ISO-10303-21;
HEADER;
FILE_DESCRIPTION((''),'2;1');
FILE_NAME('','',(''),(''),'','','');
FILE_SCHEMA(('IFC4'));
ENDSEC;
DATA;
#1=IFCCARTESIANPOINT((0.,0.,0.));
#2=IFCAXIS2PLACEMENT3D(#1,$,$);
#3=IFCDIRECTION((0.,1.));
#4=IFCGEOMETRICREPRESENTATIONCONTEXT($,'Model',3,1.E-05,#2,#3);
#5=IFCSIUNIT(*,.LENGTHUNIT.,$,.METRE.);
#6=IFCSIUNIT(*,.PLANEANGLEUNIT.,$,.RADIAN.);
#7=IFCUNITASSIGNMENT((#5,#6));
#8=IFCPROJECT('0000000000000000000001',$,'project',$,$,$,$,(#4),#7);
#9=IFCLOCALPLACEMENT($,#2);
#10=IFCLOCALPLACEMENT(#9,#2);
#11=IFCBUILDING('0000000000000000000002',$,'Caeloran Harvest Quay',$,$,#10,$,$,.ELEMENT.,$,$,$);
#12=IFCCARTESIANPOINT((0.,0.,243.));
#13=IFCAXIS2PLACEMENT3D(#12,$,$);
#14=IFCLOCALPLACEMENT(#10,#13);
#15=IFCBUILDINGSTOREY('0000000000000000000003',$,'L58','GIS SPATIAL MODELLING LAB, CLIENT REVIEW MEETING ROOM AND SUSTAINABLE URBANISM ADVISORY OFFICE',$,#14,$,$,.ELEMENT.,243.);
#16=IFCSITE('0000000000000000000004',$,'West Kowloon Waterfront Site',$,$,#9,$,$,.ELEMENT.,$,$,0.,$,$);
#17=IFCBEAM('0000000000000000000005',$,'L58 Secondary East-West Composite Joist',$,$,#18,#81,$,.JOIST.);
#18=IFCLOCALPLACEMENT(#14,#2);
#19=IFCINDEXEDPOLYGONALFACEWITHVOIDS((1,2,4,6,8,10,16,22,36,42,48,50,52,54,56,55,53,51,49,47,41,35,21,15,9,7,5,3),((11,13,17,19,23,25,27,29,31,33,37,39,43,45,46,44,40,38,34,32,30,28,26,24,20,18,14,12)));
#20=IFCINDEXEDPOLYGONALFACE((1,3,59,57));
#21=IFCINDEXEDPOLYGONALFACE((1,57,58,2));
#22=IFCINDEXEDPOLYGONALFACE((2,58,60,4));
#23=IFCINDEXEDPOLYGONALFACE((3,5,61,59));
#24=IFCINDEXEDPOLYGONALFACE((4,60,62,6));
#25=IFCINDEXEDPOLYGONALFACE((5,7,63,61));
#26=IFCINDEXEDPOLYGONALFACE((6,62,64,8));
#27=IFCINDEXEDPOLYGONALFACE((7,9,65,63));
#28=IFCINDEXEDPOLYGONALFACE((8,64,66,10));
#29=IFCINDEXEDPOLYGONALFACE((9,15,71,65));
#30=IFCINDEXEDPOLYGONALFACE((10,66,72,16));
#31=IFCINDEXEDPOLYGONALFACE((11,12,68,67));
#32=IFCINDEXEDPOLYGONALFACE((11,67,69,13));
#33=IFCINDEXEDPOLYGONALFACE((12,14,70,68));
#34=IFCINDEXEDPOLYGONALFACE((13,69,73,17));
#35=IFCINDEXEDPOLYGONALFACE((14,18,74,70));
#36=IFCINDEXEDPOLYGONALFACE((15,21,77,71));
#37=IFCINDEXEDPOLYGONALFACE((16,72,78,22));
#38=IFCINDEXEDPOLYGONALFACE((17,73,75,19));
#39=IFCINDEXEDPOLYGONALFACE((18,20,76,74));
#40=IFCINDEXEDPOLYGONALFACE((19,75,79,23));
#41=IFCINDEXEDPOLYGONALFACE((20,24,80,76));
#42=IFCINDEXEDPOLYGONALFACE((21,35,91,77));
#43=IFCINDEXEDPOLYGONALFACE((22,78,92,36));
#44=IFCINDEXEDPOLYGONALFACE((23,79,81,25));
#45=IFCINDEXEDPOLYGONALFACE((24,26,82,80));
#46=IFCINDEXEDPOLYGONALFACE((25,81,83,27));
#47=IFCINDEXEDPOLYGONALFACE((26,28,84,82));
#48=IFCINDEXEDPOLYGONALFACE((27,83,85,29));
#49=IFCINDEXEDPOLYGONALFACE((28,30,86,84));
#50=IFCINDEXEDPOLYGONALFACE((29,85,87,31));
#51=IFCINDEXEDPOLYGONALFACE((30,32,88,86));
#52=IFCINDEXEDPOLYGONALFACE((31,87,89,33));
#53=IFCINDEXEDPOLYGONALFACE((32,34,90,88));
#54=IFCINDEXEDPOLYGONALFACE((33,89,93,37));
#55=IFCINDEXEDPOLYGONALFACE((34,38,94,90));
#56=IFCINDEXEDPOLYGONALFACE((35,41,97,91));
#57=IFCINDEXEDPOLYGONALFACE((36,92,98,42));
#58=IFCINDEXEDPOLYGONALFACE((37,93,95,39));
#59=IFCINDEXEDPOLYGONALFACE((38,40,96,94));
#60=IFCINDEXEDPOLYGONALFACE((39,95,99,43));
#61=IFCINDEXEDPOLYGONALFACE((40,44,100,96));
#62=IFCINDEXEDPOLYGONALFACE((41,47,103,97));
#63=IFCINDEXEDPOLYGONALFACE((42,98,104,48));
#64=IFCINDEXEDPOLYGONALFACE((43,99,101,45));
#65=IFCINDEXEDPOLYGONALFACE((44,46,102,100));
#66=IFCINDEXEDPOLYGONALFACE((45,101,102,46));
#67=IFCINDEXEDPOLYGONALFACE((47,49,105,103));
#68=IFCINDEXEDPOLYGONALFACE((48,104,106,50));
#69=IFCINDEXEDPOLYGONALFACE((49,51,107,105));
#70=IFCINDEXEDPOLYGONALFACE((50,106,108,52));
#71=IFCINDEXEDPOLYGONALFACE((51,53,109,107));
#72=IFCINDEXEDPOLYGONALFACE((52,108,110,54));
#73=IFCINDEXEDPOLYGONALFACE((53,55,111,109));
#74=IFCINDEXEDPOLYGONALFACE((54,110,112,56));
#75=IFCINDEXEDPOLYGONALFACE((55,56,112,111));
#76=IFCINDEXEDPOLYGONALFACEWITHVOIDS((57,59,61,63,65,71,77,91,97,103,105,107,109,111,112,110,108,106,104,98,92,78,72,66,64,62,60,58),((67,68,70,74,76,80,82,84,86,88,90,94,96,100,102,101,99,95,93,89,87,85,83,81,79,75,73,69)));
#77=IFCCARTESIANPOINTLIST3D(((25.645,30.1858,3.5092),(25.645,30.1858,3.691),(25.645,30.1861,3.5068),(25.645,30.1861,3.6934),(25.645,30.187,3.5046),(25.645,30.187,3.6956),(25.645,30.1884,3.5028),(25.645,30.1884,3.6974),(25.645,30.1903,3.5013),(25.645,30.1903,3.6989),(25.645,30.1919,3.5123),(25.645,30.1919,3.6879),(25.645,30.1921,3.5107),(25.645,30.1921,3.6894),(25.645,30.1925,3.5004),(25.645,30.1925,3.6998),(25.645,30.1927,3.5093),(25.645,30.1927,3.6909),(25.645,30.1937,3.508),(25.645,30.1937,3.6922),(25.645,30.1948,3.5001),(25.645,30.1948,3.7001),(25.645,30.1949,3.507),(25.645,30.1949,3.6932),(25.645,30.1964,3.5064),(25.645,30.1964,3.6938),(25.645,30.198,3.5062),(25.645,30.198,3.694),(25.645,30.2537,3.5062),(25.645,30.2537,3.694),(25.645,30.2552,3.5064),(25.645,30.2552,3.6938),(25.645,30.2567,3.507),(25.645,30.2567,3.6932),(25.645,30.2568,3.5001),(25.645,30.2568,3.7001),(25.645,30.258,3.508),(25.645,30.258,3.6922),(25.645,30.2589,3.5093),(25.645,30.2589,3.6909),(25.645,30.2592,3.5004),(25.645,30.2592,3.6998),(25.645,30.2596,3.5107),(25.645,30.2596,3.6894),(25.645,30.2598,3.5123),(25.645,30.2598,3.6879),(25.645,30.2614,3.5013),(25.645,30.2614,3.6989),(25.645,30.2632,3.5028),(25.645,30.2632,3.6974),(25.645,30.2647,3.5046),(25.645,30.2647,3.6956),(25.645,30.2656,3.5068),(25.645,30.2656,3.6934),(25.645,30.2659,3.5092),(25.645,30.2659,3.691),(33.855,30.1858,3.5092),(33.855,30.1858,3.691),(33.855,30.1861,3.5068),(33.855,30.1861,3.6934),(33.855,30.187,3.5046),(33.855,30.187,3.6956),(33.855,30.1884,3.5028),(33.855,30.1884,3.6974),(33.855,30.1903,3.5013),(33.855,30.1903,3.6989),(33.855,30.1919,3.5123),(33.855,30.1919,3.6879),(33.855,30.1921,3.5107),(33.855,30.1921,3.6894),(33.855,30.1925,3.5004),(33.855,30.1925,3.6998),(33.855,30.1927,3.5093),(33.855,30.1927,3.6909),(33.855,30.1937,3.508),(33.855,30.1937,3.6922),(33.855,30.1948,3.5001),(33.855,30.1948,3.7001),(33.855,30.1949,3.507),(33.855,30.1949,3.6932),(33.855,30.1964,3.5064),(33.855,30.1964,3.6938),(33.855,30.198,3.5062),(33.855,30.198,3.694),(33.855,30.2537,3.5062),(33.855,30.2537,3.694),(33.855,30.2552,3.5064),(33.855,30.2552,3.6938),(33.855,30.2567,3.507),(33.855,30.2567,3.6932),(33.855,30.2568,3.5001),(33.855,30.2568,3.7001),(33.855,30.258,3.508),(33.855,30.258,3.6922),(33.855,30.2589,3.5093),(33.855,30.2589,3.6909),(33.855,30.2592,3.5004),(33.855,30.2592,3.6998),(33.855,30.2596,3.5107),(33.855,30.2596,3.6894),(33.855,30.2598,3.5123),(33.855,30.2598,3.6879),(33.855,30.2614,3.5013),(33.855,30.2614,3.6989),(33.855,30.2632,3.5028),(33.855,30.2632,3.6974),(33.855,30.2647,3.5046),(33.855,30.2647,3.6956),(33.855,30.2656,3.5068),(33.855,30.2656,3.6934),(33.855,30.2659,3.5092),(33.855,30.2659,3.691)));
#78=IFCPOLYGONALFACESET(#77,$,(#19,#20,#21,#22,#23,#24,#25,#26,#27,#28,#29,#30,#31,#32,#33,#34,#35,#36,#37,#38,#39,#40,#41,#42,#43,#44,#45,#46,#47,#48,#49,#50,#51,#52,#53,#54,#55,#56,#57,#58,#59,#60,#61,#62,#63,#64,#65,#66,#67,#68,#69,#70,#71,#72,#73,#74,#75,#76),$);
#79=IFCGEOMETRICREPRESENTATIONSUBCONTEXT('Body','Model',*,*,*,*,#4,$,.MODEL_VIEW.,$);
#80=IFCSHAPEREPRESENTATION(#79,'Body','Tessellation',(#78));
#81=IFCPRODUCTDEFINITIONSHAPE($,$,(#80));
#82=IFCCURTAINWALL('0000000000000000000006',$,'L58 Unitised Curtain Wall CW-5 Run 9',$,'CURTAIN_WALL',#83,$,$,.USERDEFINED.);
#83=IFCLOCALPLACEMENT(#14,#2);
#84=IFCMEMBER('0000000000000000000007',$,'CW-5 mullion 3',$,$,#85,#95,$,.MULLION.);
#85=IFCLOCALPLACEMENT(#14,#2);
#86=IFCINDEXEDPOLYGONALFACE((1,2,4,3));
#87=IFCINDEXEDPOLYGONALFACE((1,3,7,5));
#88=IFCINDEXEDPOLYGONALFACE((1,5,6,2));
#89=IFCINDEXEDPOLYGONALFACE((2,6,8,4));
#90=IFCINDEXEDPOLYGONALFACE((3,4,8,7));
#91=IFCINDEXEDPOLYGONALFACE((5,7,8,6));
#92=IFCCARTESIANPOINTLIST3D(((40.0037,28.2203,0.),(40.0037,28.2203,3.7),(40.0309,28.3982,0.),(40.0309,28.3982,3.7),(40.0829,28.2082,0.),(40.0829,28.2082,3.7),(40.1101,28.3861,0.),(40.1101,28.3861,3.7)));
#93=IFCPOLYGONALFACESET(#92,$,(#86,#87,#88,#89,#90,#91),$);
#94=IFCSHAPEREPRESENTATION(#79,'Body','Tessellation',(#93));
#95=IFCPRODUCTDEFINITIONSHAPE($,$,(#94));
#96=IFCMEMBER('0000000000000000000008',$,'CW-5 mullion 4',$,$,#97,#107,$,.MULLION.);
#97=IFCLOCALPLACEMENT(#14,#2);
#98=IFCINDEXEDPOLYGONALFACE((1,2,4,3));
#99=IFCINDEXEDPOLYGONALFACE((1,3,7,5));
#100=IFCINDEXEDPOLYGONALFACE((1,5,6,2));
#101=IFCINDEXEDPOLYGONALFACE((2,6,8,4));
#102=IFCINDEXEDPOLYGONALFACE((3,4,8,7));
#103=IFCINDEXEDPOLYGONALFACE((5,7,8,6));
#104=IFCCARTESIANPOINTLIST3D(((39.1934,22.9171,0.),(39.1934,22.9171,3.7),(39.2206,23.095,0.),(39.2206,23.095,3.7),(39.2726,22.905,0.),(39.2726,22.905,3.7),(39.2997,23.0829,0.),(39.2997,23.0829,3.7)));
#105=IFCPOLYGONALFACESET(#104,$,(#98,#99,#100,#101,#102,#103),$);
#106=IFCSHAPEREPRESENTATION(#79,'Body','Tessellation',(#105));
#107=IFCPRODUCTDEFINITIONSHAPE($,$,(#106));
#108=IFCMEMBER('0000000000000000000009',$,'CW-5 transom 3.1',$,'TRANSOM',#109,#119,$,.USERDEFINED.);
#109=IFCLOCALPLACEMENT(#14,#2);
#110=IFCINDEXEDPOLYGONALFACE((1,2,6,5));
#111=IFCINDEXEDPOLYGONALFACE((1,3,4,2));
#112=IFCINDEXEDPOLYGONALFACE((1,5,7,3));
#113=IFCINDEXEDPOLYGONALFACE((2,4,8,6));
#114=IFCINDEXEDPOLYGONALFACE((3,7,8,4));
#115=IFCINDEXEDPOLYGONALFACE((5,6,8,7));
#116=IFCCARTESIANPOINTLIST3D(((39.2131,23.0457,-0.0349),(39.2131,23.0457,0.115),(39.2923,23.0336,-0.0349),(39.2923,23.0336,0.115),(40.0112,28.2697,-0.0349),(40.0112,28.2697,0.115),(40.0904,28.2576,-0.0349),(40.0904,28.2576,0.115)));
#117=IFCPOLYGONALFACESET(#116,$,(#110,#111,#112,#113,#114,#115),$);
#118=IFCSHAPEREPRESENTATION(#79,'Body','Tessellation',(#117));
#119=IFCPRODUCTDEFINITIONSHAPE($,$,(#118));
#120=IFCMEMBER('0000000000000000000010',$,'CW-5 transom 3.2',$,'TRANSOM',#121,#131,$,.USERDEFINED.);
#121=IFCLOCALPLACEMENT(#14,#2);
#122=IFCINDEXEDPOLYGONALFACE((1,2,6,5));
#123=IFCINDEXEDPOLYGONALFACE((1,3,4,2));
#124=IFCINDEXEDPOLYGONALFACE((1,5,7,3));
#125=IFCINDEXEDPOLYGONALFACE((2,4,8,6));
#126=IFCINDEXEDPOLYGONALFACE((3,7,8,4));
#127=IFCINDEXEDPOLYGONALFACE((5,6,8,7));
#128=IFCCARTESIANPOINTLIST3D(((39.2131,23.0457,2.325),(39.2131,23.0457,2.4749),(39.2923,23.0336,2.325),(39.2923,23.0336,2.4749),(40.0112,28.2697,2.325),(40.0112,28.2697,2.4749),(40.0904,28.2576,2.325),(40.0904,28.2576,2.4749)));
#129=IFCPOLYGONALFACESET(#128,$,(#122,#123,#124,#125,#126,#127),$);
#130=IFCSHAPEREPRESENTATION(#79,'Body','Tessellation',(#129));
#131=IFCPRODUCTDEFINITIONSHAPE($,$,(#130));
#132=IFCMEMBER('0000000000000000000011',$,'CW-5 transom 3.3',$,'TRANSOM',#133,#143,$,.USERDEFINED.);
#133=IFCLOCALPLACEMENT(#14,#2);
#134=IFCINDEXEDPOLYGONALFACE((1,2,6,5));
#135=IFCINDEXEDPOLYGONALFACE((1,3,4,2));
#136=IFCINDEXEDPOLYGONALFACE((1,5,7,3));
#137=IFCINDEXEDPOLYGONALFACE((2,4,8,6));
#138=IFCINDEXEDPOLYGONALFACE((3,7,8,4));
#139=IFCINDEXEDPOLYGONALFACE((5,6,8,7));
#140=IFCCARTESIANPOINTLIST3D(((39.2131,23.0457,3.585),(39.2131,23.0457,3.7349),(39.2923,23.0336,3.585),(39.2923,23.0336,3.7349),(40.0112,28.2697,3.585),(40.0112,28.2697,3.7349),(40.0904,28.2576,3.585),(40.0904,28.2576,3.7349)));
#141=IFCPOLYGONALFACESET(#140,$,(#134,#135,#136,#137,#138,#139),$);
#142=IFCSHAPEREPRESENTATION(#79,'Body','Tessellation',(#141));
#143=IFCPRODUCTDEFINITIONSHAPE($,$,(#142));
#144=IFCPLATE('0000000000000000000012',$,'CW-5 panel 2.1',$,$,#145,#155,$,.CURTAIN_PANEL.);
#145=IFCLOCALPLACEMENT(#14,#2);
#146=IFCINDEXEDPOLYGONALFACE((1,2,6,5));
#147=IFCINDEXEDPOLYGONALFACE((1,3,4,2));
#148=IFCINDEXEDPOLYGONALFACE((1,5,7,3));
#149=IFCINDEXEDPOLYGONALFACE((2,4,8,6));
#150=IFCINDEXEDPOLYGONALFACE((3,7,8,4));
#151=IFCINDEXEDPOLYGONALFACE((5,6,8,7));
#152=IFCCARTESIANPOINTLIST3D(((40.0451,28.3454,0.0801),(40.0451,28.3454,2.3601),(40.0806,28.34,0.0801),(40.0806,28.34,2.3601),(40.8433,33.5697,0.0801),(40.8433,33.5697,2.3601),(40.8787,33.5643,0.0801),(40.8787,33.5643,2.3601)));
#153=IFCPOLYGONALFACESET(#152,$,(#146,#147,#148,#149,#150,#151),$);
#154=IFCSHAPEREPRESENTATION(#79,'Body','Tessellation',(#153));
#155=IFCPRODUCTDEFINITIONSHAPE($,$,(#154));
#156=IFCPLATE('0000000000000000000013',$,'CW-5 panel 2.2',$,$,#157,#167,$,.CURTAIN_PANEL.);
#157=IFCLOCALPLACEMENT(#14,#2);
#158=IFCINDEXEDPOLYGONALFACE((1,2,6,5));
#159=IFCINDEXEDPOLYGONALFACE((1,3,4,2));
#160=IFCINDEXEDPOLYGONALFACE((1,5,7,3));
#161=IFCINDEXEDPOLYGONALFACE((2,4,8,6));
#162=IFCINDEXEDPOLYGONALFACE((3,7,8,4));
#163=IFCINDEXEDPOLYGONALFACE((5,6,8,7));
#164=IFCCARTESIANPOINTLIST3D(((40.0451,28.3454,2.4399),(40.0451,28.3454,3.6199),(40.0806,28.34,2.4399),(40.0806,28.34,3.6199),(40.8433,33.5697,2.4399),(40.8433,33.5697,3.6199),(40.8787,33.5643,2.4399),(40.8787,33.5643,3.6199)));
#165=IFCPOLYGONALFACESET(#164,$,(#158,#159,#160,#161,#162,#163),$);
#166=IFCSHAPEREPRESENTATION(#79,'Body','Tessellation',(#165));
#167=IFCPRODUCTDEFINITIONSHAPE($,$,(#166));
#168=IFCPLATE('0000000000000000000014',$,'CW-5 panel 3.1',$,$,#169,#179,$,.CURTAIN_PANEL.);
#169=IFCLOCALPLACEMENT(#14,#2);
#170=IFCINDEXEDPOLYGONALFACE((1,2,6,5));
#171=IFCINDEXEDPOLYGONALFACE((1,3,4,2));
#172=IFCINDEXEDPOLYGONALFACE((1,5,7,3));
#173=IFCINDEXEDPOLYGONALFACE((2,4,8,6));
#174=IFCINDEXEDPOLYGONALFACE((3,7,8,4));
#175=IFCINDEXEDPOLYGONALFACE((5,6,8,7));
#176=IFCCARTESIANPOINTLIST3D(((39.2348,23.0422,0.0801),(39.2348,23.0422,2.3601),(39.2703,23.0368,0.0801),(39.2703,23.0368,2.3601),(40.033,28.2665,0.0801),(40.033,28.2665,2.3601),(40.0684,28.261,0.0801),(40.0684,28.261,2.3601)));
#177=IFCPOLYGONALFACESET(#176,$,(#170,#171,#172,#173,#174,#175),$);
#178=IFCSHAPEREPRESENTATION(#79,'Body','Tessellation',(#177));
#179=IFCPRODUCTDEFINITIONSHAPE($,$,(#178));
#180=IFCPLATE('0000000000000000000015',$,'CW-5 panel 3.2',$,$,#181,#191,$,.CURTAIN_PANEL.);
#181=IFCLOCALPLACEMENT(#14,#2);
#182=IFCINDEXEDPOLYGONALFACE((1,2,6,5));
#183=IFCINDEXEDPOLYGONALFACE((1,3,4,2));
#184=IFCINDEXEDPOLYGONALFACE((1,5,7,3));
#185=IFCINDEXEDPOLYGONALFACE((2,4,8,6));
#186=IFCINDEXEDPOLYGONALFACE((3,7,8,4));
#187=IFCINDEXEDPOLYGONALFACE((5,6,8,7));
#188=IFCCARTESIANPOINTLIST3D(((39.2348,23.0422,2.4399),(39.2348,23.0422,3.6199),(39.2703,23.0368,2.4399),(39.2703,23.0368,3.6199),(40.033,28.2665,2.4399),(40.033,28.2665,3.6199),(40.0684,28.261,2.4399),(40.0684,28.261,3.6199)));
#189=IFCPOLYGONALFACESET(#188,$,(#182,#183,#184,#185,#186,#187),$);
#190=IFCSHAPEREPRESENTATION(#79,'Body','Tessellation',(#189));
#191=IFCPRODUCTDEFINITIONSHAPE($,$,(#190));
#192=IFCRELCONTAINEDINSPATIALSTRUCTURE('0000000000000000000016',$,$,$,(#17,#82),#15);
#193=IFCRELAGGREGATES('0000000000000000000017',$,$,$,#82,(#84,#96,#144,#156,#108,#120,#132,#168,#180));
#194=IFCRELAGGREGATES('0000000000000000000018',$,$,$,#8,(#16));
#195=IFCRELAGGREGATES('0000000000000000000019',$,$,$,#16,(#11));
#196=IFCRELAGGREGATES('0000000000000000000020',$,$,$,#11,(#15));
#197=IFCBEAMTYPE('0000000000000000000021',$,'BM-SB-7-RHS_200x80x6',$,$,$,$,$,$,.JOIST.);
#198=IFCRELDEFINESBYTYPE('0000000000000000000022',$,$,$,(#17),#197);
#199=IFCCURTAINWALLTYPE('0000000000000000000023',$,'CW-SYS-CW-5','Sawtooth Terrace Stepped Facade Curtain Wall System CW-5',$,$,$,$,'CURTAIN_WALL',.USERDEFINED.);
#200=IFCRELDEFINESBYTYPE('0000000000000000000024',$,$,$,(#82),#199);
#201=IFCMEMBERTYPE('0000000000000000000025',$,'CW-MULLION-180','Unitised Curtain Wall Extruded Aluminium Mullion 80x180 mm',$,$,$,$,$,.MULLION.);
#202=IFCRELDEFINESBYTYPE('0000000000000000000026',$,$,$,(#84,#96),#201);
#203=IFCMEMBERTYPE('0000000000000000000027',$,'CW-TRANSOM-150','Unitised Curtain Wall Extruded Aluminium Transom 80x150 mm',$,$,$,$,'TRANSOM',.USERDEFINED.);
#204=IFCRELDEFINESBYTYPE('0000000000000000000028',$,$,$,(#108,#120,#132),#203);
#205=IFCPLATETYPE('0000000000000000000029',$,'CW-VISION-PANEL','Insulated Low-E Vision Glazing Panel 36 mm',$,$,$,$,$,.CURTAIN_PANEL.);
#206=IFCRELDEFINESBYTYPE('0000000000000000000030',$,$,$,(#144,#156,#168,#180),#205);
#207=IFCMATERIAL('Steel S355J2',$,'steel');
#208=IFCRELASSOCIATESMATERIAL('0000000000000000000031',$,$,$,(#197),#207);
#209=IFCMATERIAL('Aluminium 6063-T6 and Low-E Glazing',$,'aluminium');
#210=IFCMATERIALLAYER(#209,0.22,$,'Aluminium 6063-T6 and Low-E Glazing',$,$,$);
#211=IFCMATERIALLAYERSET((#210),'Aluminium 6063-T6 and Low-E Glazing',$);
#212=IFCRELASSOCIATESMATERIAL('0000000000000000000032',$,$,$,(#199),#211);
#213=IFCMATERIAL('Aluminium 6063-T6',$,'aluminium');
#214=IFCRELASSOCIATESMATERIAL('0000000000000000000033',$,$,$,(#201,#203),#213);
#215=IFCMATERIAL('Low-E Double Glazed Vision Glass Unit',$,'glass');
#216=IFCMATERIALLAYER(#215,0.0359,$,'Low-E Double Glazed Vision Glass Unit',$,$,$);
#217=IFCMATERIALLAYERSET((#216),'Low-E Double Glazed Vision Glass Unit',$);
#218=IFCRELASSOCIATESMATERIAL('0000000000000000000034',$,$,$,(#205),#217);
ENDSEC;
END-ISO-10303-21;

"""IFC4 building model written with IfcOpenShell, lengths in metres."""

from ifc_helpers import new_model, si_unit, direction, frame, origin, origin_2d, place, context, subcontext, project, spatial, rectangle, hollow_rectangle, extrude, material, layer, layer_set, material_profile, profile_set, type_object, element, aggregate, save


model = new_model("IFC4")

# Units and contexts
model_context = context("Model", 3, precision=1e-05, world=origin(), true_north=direction((0.0, 1.0)))
body_context = subcontext(model_context, "Body", "Model", "MODEL_VIEW")
ifc_project = project(units=[si_unit("LENGTHUNIT", "METRE"), si_unit("PLANEANGLEUNIT", "RADIAN")], contexts=[model_context])

# Site, building, storey
site_placement = place(None, origin())
site = spatial("IfcSite", under=ifc_project, at=site_placement, Name="West Kowloon Waterfront Site", CompositionType="ELEMENT", RefElevation=0.0)
building_placement = place(site_placement, origin())
building = spatial("IfcBuilding", under=site, at=building_placement, Name="Caeloran Harvest Quay", CompositionType="ELEMENT")
storey_placement = place(building_placement, frame((0.0, 0.0, 243.0)))
storey = spatial("IfcBuildingStorey", under=building, at=storey_placement, Name="L58", Description="GIS SPATIAL MODELLING LAB, CLIENT REVIEW MEETING ROOM AND SUSTAINABLE URBANISM ADVISORY OFFICE", CompositionType="ELEMENT", Elevation=243.0)

# Beam
ifc_material_1 = material(Name="Steel S355J2", Category="steel")
ifc_material_profile_1 = material_profile(ifc_material_1, hollow_rectangle(XDim=0.0801, YDim=0.2, WallThickness=0.0061, InnerFilletRadius=0.0061, OuterFilletRadius=0.009, at=origin_2d()), Name="RHS 200x80x6")
ifc_profile_set_1 = profile_set([ifc_material_profile_1], Name="Steel S355J2")
beam_type_1 = type_object("IfcBeamType", Name="BM-SB-7-RHS_200x80x6", PredefinedType="JOIST", material=ifc_profile_set_1)
for number, where, z_axis, x_axis, name in (
    (1, (25.645, 30.2258, 3.6001), (1.0, 0.0, 0.0), (0.0, 1.0, 0.0), "L58 Secondary East-West Composite Joist"),
):
    element("IfcBeam", number, at=place(storey_placement, frame(where, z_axis=z_axis, x_axis=x_axis)), inside=storey, type_object=beam_type_1, Name=name, PredefinedType="JOIST", context=body_context, shape_type="SweptSolid", body=[
        extrude(hollow_rectangle(XDim=0.0801, YDim=0.2, WallThickness=0.0061, InnerFilletRadius=0.0061, OuterFilletRadius=0.009, at=origin_2d()), origin(), (0.0, 0.0, 1.0), 8.21),
    ])

# Curtain wall, members, plates
ifc_material_2 = material(Name="Aluminium 6063-T6 and Low-E Glazing", Category="aluminium")
ifc_layer_1 = layer(ifc_material_2, 0.22, Name="Aluminium 6063-T6 and Low-E Glazing")
ifc_layer_set_1 = layer_set([ifc_layer_1], Name="Aluminium 6063-T6 and Low-E Glazing")
curtain_wall_type = type_object("IfcCurtainWallType", Name="CW-SYS-CW-5", Description="Sawtooth Terrace Stepped Facade Curtain Wall System CW-5", ElementType="CURTAIN_WALL", PredefinedType="USERDEFINED", material=ifc_layer_set_1)
curtain_wall_placement = place(storey_placement, origin())
curtain_wall = element("IfcCurtainWall", 2, at=curtain_wall_placement, inside=storey, type_object=curtain_wall_type, Name="L58 Unitised Curtain Wall CW-5 Run 9", ObjectType="CURTAIN_WALL", PredefinedType="USERDEFINED")
ifc_material_3 = material(Name="Aluminium 6063-T6", Category="aluminium")
ifc_material_profile_2 = material_profile(ifc_material_3, rectangle(XDim=0.0801, YDim=0.1799, at=origin_2d()), Name="CW-MULLION-180")
ifc_profile_set_2 = profile_set([ifc_material_profile_2], Name="Aluminium 6063-T6")
member_type_1 = type_object("IfcMemberType", Name="CW-MULLION-180", Description="Unitised Curtain Wall Extruded Aluminium Mullion 80x180 mm", PredefinedType="MULLION", material=ifc_profile_set_2)
member_1_placement = place(storey_placement, frame((40.0569, 28.3032, 0.0), z_axis=(0.0, 0.0, 1.0), x_axis=(0.98853, -0.151028, 0.0)))
member_1 = element("IfcMember", 3, at=member_1_placement, type_object=member_type_1, Name="CW-5 mullion 3", PredefinedType="MULLION", context=body_context, shape_type="SweptSolid", body=[
    extrude(rectangle(XDim=0.0801, YDim=0.1799, at=origin_2d()), origin(), (0.0, 0.0, 1.0), 3.7),
])
member_2_placement = place(storey_placement, frame((39.2466, 23.0, 0.0), z_axis=(0.0, 0.0, 1.0), x_axis=(0.98853, -0.151028, 0.0)))
member_2 = element("IfcMember", 4, at=member_2_placement, type_object=member_type_1, Name="CW-5 mullion 4", PredefinedType="MULLION", context=body_context, shape_type="SweptSolid", body=[
    extrude(rectangle(XDim=0.0801, YDim=0.1799, at=origin_2d()), origin(), (0.0, 0.0, 1.0), 3.7),
])
ifc_material_profile_3 = material_profile(ifc_material_3, rectangle(XDim=0.0801, YDim=0.1499, at=origin_2d()), Name="CW-TRANSOM-150")
ifc_profile_set_3 = profile_set([ifc_material_profile_3], Name="Aluminium 6063-T6")
member_type_2 = type_object("IfcMemberType", Name="CW-TRANSOM-150", Description="Unitised Curtain Wall Extruded Aluminium Transom 80x150 mm", ElementType="TRANSOM", PredefinedType="USERDEFINED", material=ifc_profile_set_3)
member_3_placement = place(storey_placement, frame((40.0508, 28.2637, 0.04), z_axis=(-0.151019, -0.988531, 0.0), x_axis=(0.988531, -0.151019, 0.0)))
member_3 = element("IfcMember", 5, at=member_3_placement, type_object=member_type_2, Name="CW-5 transom 3.1", ObjectType="TRANSOM", PredefinedType="USERDEFINED", context=body_context, shape_type="SweptSolid", body=[
    extrude(rectangle(XDim=0.0801, YDim=0.1499, at=origin_2d()), origin(), (0.0, 0.0, 1.0), 5.2847),
])
member_4_placement = place(storey_placement, frame((40.0508, 28.2637, 2.3999), z_axis=(-0.151019, -0.988531, 0.0), x_axis=(0.988531, -0.151019, 0.0)))
member_4 = element("IfcMember", 6, at=member_4_placement, type_object=member_type_2, Name="CW-5 transom 3.2", ObjectType="TRANSOM", PredefinedType="USERDEFINED", context=body_context, shape_type="SweptSolid", body=[
    extrude(rectangle(XDim=0.0801, YDim=0.1499, at=origin_2d()), origin(), (0.0, 0.0, 1.0), 5.2847),
])
member_5_placement = place(storey_placement, frame((40.0508, 28.2637, 3.6599), z_axis=(-0.151019, -0.988531, 0.0), x_axis=(0.988531, -0.151019, 0.0)))
member_5 = element("IfcMember", 7, at=member_5_placement, type_object=member_type_2, Name="CW-5 transom 3.3", ObjectType="TRANSOM", PredefinedType="USERDEFINED", context=body_context, shape_type="SweptSolid", body=[
    extrude(rectangle(XDim=0.0801, YDim=0.1499, at=origin_2d()), origin(), (0.0, 0.0, 1.0), 5.2847),
])
ifc_material_4 = material(Name="Low-E Double Glazed Vision Glass Unit", Category="glass")
ifc_layer_2 = layer(ifc_material_4, 0.0359, Name="Low-E Double Glazed Vision Glass Unit")
ifc_layer_set_2 = layer_set([ifc_layer_2], Name="Low-E Double Glazed Vision Glass Unit")
plate_type = type_object("IfcPlateType", Name="CW-VISION-PANEL", Description="Insulated Low-E Vision Glazing Panel 36 mm", PredefinedType="CURTAIN_PANEL", material=ifc_layer_set_2)
plate_1_placement = place(storey_placement, frame((40.4619, 30.9548, 0.0801), z_axis=(0.0, 0.0, 1.0), x_axis=(-0.151028, -0.98853, 0.0)))
plate_1 = element("IfcPlate", 8, at=plate_1_placement, type_object=plate_type, Name="CW-5 panel 2.1", PredefinedType="CURTAIN_PANEL", context=body_context, shape_type="SweptSolid", body=[
    extrude(rectangle(XDim=5.2849, YDim=0.0359, at=origin_2d()), origin(), (0.0, 0.0, 1.0), 2.28),
])
plate_2_placement = place(storey_placement, frame((40.4619, 30.9548, 2.4399), z_axis=(0.0, 0.0, 1.0), x_axis=(-0.151028, -0.98853, 0.0)))
plate_2 = element("IfcPlate", 9, at=plate_2_placement, type_object=plate_type, Name="CW-5 panel 2.2", PredefinedType="CURTAIN_PANEL", context=body_context, shape_type="SweptSolid", body=[
    extrude(rectangle(XDim=5.2849, YDim=0.0359, at=origin_2d()), origin(), (0.0, 0.0, 1.0), 1.1799),
])
plate_3_placement = place(storey_placement, frame((39.6516, 25.6516, 0.0801), z_axis=(0.0, 0.0, 1.0), x_axis=(-0.151028, -0.98853, 0.0)))
plate_3 = element("IfcPlate", 10, at=plate_3_placement, type_object=plate_type, Name="CW-5 panel 3.1", PredefinedType="CURTAIN_PANEL", context=body_context, shape_type="SweptSolid", body=[
    extrude(rectangle(XDim=5.2849, YDim=0.0359, at=origin_2d()), origin(), (0.0, 0.0, 1.0), 2.28),
])
plate_4_placement = place(storey_placement, frame((39.6516, 25.6516, 2.4399), z_axis=(0.0, 0.0, 1.0), x_axis=(-0.151028, -0.98853, 0.0)))
plate_4 = element("IfcPlate", 11, at=plate_4_placement, type_object=plate_type, Name="CW-5 panel 3.2", PredefinedType="CURTAIN_PANEL", context=body_context, shape_type="SweptSolid", body=[
    extrude(rectangle(XDim=5.2849, YDim=0.0359, at=origin_2d()), origin(), (0.0, 0.0, 1.0), 1.1799),
])
aggregate(curtain_wall, [member_1, member_2, plate_1, plate_2, member_3, member_4, member_5, plate_3, plate_4])

save(model, "model.ifc")
